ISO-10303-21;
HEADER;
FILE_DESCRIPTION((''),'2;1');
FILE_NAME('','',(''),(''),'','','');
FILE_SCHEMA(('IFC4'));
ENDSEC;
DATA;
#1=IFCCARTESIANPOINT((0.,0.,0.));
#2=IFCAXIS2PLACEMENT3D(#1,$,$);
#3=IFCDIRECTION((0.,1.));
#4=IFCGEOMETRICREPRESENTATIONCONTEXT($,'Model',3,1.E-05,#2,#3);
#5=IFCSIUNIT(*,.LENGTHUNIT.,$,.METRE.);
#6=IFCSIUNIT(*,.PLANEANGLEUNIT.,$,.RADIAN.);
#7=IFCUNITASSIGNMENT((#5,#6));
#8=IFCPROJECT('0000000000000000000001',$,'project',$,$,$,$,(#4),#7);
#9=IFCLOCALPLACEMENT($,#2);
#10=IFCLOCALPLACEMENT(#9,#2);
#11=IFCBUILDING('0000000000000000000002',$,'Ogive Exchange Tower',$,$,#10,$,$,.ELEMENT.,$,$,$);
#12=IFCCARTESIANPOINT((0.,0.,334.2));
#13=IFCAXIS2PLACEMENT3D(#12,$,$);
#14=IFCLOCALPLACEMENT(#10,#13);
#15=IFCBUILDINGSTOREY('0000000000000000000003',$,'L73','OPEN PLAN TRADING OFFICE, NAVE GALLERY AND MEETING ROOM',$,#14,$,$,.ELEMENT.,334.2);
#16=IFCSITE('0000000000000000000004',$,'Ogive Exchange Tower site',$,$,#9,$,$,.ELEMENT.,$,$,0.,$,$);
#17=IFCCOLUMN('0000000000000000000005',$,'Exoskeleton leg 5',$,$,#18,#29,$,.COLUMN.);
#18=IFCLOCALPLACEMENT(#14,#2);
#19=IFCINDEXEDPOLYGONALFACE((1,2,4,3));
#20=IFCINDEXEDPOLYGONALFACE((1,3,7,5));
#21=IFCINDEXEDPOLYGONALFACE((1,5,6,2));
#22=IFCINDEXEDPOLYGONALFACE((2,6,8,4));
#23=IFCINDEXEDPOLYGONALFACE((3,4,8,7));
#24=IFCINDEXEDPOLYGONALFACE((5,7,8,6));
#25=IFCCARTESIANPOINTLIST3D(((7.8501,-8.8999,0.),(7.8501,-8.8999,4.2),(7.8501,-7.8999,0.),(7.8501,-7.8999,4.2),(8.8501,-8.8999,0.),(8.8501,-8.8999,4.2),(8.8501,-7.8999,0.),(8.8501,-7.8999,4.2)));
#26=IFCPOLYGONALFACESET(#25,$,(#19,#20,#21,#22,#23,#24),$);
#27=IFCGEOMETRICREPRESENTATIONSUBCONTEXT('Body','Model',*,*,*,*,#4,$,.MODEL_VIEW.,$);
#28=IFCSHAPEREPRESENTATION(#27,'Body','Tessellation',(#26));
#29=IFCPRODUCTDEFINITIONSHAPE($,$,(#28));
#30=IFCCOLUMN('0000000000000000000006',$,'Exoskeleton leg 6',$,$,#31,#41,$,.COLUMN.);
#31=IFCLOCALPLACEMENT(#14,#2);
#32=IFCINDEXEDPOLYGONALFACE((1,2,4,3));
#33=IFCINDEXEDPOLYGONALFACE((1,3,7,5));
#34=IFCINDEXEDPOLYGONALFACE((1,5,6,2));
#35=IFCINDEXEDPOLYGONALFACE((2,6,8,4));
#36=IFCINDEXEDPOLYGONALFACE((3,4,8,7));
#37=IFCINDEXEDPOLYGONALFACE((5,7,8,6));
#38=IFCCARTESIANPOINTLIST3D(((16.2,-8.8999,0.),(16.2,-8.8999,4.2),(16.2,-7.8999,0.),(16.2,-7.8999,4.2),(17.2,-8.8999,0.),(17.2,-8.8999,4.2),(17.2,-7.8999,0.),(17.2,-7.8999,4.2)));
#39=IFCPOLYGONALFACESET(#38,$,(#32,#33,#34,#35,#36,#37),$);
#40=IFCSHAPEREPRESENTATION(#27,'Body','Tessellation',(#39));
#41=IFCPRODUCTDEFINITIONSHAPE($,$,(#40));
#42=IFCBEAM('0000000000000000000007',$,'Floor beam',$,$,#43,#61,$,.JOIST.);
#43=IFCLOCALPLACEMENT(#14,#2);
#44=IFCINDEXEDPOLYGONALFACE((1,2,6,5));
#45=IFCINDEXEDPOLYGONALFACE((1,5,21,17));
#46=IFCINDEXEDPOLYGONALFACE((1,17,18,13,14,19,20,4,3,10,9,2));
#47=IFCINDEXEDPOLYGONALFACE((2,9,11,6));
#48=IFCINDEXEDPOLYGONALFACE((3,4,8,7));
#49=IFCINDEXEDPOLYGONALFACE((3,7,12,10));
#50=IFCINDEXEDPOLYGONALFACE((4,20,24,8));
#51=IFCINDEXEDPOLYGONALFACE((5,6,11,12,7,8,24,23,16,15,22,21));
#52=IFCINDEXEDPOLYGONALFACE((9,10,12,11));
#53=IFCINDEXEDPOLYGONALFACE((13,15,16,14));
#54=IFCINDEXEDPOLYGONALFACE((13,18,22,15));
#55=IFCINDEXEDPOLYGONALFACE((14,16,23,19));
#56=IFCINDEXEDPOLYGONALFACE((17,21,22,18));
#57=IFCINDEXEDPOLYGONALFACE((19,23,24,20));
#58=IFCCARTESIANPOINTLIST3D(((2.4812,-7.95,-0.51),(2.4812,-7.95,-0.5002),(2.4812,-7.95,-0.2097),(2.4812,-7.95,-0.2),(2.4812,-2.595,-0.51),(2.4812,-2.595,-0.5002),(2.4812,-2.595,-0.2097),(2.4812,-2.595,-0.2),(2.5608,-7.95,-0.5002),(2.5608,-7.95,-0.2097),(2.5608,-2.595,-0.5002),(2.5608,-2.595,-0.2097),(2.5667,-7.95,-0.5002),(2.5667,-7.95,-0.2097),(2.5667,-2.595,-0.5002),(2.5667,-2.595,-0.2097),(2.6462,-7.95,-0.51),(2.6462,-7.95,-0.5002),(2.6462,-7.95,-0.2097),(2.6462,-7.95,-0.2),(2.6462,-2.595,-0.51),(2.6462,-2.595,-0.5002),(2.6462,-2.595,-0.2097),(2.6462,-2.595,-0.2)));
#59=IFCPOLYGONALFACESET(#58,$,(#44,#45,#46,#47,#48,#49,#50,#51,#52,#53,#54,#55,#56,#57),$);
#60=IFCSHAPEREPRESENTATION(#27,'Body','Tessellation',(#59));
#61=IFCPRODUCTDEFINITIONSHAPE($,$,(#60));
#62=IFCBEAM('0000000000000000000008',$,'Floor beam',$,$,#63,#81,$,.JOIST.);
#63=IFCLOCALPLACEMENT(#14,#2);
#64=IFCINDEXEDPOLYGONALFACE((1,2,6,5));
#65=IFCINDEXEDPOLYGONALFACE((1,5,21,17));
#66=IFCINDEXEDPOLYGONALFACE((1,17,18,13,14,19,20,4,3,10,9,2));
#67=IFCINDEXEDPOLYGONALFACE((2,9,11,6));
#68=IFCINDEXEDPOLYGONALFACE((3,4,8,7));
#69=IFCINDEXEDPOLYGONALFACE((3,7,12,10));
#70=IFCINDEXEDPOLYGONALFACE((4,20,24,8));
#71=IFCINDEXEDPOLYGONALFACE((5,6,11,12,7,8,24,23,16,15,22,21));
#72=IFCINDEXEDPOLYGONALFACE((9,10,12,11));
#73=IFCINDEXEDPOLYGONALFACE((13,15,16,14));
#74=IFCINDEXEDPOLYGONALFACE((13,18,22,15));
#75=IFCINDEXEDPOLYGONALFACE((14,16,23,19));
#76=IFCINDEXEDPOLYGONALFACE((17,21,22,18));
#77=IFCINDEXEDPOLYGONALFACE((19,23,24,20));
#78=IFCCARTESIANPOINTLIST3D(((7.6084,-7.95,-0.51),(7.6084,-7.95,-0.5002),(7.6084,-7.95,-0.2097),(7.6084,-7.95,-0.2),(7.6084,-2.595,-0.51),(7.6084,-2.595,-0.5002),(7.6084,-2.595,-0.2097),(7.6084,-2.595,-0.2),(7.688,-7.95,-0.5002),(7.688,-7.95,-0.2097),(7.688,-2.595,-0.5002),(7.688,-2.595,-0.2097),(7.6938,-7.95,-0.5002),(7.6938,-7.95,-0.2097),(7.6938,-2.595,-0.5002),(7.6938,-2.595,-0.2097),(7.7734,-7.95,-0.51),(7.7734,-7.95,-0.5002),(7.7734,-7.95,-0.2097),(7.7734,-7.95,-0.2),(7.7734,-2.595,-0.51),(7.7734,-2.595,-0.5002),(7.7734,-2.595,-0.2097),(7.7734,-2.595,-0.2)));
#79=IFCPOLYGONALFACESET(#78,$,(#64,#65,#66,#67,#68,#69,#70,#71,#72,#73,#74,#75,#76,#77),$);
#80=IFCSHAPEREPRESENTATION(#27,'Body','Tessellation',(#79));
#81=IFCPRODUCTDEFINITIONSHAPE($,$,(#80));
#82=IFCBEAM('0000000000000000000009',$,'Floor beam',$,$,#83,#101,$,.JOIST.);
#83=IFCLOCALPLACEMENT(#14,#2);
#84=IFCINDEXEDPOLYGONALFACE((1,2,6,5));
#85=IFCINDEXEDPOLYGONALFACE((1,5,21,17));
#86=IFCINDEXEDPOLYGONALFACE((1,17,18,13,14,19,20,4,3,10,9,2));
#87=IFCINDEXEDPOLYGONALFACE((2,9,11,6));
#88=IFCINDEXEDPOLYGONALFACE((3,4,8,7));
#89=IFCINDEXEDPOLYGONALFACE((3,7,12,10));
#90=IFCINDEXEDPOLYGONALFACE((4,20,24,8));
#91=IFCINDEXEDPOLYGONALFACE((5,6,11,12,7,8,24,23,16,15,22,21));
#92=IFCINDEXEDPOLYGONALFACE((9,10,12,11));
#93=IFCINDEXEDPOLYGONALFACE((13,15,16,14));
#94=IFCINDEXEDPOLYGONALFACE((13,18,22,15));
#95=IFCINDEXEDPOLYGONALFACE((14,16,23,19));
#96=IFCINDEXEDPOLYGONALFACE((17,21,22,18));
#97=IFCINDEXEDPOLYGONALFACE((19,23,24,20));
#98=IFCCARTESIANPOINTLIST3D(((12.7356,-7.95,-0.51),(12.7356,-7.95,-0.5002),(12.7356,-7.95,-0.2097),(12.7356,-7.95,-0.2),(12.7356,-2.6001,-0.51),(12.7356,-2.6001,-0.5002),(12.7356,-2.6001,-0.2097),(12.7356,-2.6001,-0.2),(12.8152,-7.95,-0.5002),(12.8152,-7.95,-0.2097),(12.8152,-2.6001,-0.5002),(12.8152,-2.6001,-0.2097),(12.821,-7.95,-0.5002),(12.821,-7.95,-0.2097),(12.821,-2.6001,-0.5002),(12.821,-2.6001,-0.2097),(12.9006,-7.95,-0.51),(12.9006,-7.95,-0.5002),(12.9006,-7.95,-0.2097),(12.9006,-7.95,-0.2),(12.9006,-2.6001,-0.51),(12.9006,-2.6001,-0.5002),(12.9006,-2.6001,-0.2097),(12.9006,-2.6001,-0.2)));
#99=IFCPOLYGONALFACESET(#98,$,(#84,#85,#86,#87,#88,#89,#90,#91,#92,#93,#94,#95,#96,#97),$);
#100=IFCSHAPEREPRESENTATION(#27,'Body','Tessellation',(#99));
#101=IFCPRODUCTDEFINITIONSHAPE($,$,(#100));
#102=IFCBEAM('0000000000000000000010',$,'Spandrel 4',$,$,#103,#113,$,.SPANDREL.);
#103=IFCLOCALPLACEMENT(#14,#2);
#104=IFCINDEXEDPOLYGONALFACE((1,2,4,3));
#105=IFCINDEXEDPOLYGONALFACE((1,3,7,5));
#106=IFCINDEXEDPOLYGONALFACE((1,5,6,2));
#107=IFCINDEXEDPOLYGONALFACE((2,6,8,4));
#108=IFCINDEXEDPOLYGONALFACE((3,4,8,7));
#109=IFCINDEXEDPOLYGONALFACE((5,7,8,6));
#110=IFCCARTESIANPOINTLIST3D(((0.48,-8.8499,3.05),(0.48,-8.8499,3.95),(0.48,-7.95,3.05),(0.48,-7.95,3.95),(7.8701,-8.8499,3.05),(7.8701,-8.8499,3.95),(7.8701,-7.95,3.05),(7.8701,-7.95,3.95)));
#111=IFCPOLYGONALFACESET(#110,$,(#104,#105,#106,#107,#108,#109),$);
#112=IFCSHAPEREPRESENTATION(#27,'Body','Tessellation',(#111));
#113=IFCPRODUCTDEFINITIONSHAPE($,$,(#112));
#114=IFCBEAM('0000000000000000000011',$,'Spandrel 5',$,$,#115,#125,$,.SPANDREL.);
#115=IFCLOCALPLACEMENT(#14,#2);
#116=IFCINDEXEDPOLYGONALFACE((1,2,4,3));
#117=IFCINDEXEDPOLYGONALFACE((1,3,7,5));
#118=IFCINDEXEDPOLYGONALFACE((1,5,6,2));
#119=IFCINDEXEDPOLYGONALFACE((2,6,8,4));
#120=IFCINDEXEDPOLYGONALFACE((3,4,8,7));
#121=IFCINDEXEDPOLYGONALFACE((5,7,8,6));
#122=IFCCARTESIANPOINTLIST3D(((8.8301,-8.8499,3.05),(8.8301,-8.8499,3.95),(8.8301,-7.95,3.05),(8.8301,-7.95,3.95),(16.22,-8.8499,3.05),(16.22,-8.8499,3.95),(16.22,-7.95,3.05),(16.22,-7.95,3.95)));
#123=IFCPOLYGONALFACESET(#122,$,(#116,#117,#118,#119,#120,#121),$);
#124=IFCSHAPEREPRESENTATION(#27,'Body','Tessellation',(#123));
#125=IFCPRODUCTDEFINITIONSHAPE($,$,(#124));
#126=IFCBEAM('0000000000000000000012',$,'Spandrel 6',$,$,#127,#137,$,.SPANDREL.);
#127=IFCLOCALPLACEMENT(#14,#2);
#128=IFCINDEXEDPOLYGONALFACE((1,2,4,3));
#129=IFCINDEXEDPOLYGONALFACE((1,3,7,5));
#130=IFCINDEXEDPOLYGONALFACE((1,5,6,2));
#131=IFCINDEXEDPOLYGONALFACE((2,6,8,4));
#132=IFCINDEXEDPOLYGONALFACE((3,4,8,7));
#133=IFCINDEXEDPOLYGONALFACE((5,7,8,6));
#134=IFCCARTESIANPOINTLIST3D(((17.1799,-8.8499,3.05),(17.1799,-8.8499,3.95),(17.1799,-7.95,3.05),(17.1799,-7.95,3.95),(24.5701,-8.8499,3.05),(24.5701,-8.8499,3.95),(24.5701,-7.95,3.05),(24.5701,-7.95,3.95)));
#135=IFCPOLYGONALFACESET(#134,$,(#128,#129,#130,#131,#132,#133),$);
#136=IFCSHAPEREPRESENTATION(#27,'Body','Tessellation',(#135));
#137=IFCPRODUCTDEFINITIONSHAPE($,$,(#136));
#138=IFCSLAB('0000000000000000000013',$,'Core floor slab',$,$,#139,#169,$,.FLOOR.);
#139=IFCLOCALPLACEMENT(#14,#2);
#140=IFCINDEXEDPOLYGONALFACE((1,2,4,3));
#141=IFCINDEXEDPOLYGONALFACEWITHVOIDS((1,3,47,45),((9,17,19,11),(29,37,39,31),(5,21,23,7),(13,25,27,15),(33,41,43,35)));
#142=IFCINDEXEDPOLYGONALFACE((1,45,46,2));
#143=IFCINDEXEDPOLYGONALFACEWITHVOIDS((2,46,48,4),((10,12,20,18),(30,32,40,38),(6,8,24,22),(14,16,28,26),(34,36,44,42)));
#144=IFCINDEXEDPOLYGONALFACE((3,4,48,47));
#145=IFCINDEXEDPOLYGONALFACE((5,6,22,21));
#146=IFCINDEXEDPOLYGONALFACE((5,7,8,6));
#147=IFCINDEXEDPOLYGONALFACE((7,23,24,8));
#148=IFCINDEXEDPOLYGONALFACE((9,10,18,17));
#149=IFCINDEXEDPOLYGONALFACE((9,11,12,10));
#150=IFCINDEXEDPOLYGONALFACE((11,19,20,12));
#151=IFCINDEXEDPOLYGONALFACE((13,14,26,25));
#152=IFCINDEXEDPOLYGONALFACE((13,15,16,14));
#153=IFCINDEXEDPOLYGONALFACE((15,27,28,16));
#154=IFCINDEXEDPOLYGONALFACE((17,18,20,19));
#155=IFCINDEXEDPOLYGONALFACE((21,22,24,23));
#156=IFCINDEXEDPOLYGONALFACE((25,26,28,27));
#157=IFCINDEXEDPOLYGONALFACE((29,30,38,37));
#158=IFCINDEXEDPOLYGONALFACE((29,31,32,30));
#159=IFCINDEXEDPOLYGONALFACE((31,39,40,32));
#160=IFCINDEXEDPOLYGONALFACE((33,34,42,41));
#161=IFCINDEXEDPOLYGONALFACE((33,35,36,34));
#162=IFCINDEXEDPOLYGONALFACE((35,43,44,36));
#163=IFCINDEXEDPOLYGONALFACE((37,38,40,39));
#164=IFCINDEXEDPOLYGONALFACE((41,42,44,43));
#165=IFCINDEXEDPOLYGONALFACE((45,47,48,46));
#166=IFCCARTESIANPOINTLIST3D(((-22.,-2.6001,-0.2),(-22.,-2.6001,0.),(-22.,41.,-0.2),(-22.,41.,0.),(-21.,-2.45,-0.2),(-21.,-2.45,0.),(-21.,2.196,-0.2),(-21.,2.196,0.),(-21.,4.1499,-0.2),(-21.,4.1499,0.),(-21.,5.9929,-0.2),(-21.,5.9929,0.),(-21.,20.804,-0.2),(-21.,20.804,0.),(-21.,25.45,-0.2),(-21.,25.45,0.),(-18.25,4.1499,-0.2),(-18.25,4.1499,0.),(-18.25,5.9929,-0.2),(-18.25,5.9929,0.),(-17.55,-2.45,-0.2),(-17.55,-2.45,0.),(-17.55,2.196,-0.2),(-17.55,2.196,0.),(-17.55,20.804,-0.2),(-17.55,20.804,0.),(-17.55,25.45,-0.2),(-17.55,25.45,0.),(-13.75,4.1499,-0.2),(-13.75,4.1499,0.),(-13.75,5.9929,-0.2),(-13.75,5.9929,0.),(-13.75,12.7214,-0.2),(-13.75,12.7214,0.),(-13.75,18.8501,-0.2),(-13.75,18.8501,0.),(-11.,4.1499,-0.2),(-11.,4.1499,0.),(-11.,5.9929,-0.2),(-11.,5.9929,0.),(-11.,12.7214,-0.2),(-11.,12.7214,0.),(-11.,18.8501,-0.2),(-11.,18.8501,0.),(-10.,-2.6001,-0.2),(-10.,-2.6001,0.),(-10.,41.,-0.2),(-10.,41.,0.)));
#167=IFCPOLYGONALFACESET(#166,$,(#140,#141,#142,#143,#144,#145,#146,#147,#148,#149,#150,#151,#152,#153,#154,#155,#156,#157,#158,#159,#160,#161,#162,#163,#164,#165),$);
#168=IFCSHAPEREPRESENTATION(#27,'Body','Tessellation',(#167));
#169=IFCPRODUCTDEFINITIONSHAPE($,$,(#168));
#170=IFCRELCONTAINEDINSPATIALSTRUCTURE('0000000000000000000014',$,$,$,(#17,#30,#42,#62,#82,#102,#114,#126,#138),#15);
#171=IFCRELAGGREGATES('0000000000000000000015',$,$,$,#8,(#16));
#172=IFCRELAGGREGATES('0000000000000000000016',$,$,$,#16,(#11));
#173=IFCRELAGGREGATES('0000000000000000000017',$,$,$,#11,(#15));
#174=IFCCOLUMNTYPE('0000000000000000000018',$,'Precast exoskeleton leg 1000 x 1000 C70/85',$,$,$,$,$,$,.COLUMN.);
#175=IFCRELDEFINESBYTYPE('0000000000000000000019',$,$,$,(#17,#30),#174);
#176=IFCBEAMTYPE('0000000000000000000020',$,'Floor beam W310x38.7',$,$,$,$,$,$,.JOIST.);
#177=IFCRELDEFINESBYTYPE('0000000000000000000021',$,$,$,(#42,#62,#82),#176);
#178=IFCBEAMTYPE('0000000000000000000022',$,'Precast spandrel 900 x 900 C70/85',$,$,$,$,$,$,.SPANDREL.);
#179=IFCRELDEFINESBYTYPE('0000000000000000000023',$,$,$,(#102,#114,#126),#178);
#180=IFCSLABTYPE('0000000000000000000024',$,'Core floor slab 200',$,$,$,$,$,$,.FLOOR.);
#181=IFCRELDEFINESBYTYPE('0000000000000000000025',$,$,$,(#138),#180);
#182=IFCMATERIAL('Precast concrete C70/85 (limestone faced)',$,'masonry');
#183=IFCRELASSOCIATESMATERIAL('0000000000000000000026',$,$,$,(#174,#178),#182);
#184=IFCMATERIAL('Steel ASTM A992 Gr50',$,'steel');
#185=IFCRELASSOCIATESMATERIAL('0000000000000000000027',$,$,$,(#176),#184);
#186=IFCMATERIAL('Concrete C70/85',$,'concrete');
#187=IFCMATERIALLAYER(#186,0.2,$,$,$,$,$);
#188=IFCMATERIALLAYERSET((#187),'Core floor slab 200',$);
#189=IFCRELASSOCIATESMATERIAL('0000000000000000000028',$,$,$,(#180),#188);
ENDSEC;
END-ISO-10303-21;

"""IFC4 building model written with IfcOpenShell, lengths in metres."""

from ifc_helpers import new_model, si_unit, direction, frame, origin, origin_2d, place, context, subcontext, project, spatial, polyline, rectangle, i_section, outline, extrude, material, layer, layer_set, material_profile, profile_set, type_object, element, save


model = new_model("IFC4")

# Units and contexts
model_context = context("Model", 3, precision=1e-05, world=origin(), true_north=direction((0.0, 1.0)))
body_context = subcontext(model_context, "Body", "Model", "MODEL_VIEW")
ifc_project = project(units=[si_unit("LENGTHUNIT", "METRE"), si_unit("PLANEANGLEUNIT", "RADIAN")], contexts=[model_context])

# Site, building, storey
site_placement = place(None, origin())
site = spatial("IfcSite", under=ifc_project, at=site_placement, Name="Ogive Exchange Tower site", CompositionType="ELEMENT", RefElevation=0.0)
building_placement = place(site_placement, origin())
building = spatial("IfcBuilding", under=site, at=building_placement, Name="Ogive Exchange Tower", CompositionType="ELEMENT")
storey_placement = place(building_placement, frame((0.0, 0.0, 334.2)))
storey = spatial("IfcBuildingStorey", under=building, at=storey_placement, Name="L73", Description="OPEN PLAN TRADING OFFICE, NAVE GALLERY AND MEETING ROOM", CompositionType="ELEMENT", Elevation=334.2)

# Columns
ifc_material_1 = material(Name="Precast concrete C70/85 (limestone faced)", Category="masonry")
ifc_material_profile_1 = material_profile(ifc_material_1, rectangle(XDim=1.0, YDim=1.0, at=origin_2d()), Name="1000 x 1000")
ifc_profile_set_1 = profile_set([ifc_material_profile_1], Name="Precast concrete C70/85 (limestone faced)")
column_type = type_object("IfcColumnType", Name="Precast exoskeleton leg 1000 x 1000 C70/85", PredefinedType="COLUMN", material=ifc_profile_set_1)
for number, where, z_axis, x_axis, name in (
    (1, (8.3501, -8.3999, 0.0), (0.0, 0.0, 1.0), (1.0, 0.0, 0.0), "Exoskeleton leg 5"),
    (2, (16.7, -8.3999, 0.0), (0.0, 0.0, 1.0), (1.0, 0.0, 0.0), "Exoskeleton leg 6"),
):
    element("IfcColumn", number, at=place(storey_placement, frame(where, z_axis=z_axis, x_axis=x_axis)), inside=storey, type_object=column_type, Name=name, PredefinedType="COLUMN", context=body_context, shape_type="SweptSolid", body=[
        extrude(rectangle(XDim=1.0, YDim=1.0, at=origin_2d()), origin(), (0.0, 0.0, 1.0), 4.2),
    ])

# Beams
ifc_material_2 = material(Name="Steel ASTM A992 Gr50", Category="steel")
ifc_material_profile_2 = material_profile(ifc_material_2, i_section(OverallWidth=0.165, OverallDepth=0.3101, WebThickness=0.0059, FlangeThickness=0.0098, at=origin_2d()), Name="W310x38.7")
ifc_profile_set_2 = profile_set([ifc_material_profile_2], Name="Steel ASTM A992 Gr50")
beam_type_1 = type_object("IfcBeamType", Name="Floor beam W310x38.7", PredefinedType="JOIST", material=ifc_profile_set_2)
for number, where, z_axis, x_axis, name in (
    (3, (2.5637, -7.95, -0.355), (0.0, 1.0, 0.0), (-1.0, 0.0, 0.0), "Floor beam"),
    (4, (7.6909, -7.95, -0.355), (0.0, 1.0, 0.0), (-1.0, 0.0, 0.0), "Floor beam"),
):
    element("IfcBeam", number, at=place(storey_placement, frame(where, z_axis=z_axis, x_axis=x_axis)), inside=storey, type_object=beam_type_1, Name=name, PredefinedType="JOIST", context=body_context, shape_type="SweptSolid", body=[
        extrude(i_section(OverallWidth=0.165, OverallDepth=0.3101, WebThickness=0.0059, FlangeThickness=0.0098, at=origin_2d()), origin(), (0.0, 0.0, 1.0), 5.355),
    ])
beam_1_placement = place(storey_placement, frame((12.8181, -7.95, -0.355), z_axis=(0.0, 1.0, 0.0), x_axis=(-1.0, 0.0, 0.0)))
element("IfcBeam", 5, at=beam_1_placement, inside=storey, type_object=beam_type_1, Name="Floor beam", PredefinedType="JOIST", context=body_context, shape_type="SweptSolid", body=[
    extrude(i_section(OverallWidth=0.165, OverallDepth=0.3101, WebThickness=0.0059, FlangeThickness=0.0098, at=origin_2d()), origin(), (0.0, 0.0, 1.0), 5.3499),
])
ifc_material_profile_3 = material_profile(ifc_material_1, rectangle(XDim=0.8999, YDim=0.8999, at=origin_2d()), Name="900 x 900")
ifc_profile_set_3 = profile_set([ifc_material_profile_3], Name="Precast concrete C70/85 (limestone faced)")
beam_type_2 = type_object("IfcBeamType", Name="Precast spandrel 900 x 900 C70/85", PredefinedType="SPANDREL", material=ifc_profile_set_3)
beam_2_placement = place(storey_placement, frame((0.48, -8.3999, 3.5), z_axis=(1.0, 0.0, 0.0), x_axis=(0.0, 1.0, 0.0)))
element("IfcBeam", 6, at=beam_2_placement, inside=storey, type_object=beam_type_2, Name="Spandrel 4", PredefinedType="SPANDREL", context=body_context, shape_type="SweptSolid", body=[
    extrude(rectangle(XDim=0.8999, YDim=0.8999, at=origin_2d()), origin(), (0.0, 0.0, 1.0), 7.3901),
])
beam_3_placement = place(storey_placement, frame((8.8301, -8.3999, 3.5), z_axis=(1.0, 0.0, 0.0), x_axis=(0.0, 1.0, 0.0)))
element("IfcBeam", 7, at=beam_3_placement, inside=storey, type_object=beam_type_2, Name="Spandrel 5", PredefinedType="SPANDREL", context=body_context, shape_type="SweptSolid", body=[
    extrude(rectangle(XDim=0.8999, YDim=0.8999, at=origin_2d()), origin(), (0.0, 0.0, 1.0), 7.3899),
])
beam_4_placement = place(storey_placement, frame((17.1799, -8.3999, 3.5), z_axis=(1.0, 0.0, 0.0), x_axis=(0.0, 1.0, 0.0)))
element("IfcBeam", 8, at=beam_4_placement, inside=storey, type_object=beam_type_2, Name="Spandrel 6", PredefinedType="SPANDREL", context=body_context, shape_type="SweptSolid", body=[
    extrude(rectangle(XDim=0.8999, YDim=0.8999, at=origin_2d()), origin(), (0.0, 0.0, 1.0), 7.3901),
])

# Slab
ifc_material_3 = material(Name="Concrete C70/85", Category="concrete")
ifc_layer_1 = layer(ifc_material_3, 0.2)
ifc_layer_set_1 = layer_set([ifc_layer_1], Name="Core floor slab 200")
slab_type_1 = type_object("IfcSlabType", Name="Core floor slab 200", PredefinedType="FLOOR", material=ifc_layer_set_1)
slab_1_placement = place(storey_placement, frame((0.0, 0.0, -0.2)))
element("IfcSlab", 9, at=slab_1_placement, inside=storey, type_object=slab_type_1, Name="Core floor slab", PredefinedType="FLOOR", context=body_context, shape_type="SweptSolid", body=[
    extrude(outline(polyline([(-22.0, -2.6001), (-22.0, 41.0), (-10.0, 41.0), (-10.0, -2.6001), (-22.0, -2.6001)]), holes=[polyline([(-17.55, 2.196), (-21.0, 2.196), (-21.0, -2.45), (-17.55, -2.45), (-17.55, 2.196)]), polyline([(-21.0, 5.9929), (-21.0, 4.1499), (-18.25, 4.1499), (-18.25, 5.9929), (-21.0, 5.9929)]), polyline([(-13.75, 5.9929), (-13.75, 4.1499), (-11.0, 4.1499), (-11.0, 5.9929), (-13.75, 5.9929)]), polyline([(-11.0, 18.8501), (-13.75, 18.8501), (-13.75, 12.7214), (-11.0, 12.7214), (-11.0, 18.8501)]), polyline([(-21.0, 25.45), (-21.0, 20.804), (-17.55, 20.804), (-17.55, 25.45), (-21.0, 25.45)])]), origin(), (0.0, 0.0, 1.0), 0.2),
])

save(model, "model.ifc")
